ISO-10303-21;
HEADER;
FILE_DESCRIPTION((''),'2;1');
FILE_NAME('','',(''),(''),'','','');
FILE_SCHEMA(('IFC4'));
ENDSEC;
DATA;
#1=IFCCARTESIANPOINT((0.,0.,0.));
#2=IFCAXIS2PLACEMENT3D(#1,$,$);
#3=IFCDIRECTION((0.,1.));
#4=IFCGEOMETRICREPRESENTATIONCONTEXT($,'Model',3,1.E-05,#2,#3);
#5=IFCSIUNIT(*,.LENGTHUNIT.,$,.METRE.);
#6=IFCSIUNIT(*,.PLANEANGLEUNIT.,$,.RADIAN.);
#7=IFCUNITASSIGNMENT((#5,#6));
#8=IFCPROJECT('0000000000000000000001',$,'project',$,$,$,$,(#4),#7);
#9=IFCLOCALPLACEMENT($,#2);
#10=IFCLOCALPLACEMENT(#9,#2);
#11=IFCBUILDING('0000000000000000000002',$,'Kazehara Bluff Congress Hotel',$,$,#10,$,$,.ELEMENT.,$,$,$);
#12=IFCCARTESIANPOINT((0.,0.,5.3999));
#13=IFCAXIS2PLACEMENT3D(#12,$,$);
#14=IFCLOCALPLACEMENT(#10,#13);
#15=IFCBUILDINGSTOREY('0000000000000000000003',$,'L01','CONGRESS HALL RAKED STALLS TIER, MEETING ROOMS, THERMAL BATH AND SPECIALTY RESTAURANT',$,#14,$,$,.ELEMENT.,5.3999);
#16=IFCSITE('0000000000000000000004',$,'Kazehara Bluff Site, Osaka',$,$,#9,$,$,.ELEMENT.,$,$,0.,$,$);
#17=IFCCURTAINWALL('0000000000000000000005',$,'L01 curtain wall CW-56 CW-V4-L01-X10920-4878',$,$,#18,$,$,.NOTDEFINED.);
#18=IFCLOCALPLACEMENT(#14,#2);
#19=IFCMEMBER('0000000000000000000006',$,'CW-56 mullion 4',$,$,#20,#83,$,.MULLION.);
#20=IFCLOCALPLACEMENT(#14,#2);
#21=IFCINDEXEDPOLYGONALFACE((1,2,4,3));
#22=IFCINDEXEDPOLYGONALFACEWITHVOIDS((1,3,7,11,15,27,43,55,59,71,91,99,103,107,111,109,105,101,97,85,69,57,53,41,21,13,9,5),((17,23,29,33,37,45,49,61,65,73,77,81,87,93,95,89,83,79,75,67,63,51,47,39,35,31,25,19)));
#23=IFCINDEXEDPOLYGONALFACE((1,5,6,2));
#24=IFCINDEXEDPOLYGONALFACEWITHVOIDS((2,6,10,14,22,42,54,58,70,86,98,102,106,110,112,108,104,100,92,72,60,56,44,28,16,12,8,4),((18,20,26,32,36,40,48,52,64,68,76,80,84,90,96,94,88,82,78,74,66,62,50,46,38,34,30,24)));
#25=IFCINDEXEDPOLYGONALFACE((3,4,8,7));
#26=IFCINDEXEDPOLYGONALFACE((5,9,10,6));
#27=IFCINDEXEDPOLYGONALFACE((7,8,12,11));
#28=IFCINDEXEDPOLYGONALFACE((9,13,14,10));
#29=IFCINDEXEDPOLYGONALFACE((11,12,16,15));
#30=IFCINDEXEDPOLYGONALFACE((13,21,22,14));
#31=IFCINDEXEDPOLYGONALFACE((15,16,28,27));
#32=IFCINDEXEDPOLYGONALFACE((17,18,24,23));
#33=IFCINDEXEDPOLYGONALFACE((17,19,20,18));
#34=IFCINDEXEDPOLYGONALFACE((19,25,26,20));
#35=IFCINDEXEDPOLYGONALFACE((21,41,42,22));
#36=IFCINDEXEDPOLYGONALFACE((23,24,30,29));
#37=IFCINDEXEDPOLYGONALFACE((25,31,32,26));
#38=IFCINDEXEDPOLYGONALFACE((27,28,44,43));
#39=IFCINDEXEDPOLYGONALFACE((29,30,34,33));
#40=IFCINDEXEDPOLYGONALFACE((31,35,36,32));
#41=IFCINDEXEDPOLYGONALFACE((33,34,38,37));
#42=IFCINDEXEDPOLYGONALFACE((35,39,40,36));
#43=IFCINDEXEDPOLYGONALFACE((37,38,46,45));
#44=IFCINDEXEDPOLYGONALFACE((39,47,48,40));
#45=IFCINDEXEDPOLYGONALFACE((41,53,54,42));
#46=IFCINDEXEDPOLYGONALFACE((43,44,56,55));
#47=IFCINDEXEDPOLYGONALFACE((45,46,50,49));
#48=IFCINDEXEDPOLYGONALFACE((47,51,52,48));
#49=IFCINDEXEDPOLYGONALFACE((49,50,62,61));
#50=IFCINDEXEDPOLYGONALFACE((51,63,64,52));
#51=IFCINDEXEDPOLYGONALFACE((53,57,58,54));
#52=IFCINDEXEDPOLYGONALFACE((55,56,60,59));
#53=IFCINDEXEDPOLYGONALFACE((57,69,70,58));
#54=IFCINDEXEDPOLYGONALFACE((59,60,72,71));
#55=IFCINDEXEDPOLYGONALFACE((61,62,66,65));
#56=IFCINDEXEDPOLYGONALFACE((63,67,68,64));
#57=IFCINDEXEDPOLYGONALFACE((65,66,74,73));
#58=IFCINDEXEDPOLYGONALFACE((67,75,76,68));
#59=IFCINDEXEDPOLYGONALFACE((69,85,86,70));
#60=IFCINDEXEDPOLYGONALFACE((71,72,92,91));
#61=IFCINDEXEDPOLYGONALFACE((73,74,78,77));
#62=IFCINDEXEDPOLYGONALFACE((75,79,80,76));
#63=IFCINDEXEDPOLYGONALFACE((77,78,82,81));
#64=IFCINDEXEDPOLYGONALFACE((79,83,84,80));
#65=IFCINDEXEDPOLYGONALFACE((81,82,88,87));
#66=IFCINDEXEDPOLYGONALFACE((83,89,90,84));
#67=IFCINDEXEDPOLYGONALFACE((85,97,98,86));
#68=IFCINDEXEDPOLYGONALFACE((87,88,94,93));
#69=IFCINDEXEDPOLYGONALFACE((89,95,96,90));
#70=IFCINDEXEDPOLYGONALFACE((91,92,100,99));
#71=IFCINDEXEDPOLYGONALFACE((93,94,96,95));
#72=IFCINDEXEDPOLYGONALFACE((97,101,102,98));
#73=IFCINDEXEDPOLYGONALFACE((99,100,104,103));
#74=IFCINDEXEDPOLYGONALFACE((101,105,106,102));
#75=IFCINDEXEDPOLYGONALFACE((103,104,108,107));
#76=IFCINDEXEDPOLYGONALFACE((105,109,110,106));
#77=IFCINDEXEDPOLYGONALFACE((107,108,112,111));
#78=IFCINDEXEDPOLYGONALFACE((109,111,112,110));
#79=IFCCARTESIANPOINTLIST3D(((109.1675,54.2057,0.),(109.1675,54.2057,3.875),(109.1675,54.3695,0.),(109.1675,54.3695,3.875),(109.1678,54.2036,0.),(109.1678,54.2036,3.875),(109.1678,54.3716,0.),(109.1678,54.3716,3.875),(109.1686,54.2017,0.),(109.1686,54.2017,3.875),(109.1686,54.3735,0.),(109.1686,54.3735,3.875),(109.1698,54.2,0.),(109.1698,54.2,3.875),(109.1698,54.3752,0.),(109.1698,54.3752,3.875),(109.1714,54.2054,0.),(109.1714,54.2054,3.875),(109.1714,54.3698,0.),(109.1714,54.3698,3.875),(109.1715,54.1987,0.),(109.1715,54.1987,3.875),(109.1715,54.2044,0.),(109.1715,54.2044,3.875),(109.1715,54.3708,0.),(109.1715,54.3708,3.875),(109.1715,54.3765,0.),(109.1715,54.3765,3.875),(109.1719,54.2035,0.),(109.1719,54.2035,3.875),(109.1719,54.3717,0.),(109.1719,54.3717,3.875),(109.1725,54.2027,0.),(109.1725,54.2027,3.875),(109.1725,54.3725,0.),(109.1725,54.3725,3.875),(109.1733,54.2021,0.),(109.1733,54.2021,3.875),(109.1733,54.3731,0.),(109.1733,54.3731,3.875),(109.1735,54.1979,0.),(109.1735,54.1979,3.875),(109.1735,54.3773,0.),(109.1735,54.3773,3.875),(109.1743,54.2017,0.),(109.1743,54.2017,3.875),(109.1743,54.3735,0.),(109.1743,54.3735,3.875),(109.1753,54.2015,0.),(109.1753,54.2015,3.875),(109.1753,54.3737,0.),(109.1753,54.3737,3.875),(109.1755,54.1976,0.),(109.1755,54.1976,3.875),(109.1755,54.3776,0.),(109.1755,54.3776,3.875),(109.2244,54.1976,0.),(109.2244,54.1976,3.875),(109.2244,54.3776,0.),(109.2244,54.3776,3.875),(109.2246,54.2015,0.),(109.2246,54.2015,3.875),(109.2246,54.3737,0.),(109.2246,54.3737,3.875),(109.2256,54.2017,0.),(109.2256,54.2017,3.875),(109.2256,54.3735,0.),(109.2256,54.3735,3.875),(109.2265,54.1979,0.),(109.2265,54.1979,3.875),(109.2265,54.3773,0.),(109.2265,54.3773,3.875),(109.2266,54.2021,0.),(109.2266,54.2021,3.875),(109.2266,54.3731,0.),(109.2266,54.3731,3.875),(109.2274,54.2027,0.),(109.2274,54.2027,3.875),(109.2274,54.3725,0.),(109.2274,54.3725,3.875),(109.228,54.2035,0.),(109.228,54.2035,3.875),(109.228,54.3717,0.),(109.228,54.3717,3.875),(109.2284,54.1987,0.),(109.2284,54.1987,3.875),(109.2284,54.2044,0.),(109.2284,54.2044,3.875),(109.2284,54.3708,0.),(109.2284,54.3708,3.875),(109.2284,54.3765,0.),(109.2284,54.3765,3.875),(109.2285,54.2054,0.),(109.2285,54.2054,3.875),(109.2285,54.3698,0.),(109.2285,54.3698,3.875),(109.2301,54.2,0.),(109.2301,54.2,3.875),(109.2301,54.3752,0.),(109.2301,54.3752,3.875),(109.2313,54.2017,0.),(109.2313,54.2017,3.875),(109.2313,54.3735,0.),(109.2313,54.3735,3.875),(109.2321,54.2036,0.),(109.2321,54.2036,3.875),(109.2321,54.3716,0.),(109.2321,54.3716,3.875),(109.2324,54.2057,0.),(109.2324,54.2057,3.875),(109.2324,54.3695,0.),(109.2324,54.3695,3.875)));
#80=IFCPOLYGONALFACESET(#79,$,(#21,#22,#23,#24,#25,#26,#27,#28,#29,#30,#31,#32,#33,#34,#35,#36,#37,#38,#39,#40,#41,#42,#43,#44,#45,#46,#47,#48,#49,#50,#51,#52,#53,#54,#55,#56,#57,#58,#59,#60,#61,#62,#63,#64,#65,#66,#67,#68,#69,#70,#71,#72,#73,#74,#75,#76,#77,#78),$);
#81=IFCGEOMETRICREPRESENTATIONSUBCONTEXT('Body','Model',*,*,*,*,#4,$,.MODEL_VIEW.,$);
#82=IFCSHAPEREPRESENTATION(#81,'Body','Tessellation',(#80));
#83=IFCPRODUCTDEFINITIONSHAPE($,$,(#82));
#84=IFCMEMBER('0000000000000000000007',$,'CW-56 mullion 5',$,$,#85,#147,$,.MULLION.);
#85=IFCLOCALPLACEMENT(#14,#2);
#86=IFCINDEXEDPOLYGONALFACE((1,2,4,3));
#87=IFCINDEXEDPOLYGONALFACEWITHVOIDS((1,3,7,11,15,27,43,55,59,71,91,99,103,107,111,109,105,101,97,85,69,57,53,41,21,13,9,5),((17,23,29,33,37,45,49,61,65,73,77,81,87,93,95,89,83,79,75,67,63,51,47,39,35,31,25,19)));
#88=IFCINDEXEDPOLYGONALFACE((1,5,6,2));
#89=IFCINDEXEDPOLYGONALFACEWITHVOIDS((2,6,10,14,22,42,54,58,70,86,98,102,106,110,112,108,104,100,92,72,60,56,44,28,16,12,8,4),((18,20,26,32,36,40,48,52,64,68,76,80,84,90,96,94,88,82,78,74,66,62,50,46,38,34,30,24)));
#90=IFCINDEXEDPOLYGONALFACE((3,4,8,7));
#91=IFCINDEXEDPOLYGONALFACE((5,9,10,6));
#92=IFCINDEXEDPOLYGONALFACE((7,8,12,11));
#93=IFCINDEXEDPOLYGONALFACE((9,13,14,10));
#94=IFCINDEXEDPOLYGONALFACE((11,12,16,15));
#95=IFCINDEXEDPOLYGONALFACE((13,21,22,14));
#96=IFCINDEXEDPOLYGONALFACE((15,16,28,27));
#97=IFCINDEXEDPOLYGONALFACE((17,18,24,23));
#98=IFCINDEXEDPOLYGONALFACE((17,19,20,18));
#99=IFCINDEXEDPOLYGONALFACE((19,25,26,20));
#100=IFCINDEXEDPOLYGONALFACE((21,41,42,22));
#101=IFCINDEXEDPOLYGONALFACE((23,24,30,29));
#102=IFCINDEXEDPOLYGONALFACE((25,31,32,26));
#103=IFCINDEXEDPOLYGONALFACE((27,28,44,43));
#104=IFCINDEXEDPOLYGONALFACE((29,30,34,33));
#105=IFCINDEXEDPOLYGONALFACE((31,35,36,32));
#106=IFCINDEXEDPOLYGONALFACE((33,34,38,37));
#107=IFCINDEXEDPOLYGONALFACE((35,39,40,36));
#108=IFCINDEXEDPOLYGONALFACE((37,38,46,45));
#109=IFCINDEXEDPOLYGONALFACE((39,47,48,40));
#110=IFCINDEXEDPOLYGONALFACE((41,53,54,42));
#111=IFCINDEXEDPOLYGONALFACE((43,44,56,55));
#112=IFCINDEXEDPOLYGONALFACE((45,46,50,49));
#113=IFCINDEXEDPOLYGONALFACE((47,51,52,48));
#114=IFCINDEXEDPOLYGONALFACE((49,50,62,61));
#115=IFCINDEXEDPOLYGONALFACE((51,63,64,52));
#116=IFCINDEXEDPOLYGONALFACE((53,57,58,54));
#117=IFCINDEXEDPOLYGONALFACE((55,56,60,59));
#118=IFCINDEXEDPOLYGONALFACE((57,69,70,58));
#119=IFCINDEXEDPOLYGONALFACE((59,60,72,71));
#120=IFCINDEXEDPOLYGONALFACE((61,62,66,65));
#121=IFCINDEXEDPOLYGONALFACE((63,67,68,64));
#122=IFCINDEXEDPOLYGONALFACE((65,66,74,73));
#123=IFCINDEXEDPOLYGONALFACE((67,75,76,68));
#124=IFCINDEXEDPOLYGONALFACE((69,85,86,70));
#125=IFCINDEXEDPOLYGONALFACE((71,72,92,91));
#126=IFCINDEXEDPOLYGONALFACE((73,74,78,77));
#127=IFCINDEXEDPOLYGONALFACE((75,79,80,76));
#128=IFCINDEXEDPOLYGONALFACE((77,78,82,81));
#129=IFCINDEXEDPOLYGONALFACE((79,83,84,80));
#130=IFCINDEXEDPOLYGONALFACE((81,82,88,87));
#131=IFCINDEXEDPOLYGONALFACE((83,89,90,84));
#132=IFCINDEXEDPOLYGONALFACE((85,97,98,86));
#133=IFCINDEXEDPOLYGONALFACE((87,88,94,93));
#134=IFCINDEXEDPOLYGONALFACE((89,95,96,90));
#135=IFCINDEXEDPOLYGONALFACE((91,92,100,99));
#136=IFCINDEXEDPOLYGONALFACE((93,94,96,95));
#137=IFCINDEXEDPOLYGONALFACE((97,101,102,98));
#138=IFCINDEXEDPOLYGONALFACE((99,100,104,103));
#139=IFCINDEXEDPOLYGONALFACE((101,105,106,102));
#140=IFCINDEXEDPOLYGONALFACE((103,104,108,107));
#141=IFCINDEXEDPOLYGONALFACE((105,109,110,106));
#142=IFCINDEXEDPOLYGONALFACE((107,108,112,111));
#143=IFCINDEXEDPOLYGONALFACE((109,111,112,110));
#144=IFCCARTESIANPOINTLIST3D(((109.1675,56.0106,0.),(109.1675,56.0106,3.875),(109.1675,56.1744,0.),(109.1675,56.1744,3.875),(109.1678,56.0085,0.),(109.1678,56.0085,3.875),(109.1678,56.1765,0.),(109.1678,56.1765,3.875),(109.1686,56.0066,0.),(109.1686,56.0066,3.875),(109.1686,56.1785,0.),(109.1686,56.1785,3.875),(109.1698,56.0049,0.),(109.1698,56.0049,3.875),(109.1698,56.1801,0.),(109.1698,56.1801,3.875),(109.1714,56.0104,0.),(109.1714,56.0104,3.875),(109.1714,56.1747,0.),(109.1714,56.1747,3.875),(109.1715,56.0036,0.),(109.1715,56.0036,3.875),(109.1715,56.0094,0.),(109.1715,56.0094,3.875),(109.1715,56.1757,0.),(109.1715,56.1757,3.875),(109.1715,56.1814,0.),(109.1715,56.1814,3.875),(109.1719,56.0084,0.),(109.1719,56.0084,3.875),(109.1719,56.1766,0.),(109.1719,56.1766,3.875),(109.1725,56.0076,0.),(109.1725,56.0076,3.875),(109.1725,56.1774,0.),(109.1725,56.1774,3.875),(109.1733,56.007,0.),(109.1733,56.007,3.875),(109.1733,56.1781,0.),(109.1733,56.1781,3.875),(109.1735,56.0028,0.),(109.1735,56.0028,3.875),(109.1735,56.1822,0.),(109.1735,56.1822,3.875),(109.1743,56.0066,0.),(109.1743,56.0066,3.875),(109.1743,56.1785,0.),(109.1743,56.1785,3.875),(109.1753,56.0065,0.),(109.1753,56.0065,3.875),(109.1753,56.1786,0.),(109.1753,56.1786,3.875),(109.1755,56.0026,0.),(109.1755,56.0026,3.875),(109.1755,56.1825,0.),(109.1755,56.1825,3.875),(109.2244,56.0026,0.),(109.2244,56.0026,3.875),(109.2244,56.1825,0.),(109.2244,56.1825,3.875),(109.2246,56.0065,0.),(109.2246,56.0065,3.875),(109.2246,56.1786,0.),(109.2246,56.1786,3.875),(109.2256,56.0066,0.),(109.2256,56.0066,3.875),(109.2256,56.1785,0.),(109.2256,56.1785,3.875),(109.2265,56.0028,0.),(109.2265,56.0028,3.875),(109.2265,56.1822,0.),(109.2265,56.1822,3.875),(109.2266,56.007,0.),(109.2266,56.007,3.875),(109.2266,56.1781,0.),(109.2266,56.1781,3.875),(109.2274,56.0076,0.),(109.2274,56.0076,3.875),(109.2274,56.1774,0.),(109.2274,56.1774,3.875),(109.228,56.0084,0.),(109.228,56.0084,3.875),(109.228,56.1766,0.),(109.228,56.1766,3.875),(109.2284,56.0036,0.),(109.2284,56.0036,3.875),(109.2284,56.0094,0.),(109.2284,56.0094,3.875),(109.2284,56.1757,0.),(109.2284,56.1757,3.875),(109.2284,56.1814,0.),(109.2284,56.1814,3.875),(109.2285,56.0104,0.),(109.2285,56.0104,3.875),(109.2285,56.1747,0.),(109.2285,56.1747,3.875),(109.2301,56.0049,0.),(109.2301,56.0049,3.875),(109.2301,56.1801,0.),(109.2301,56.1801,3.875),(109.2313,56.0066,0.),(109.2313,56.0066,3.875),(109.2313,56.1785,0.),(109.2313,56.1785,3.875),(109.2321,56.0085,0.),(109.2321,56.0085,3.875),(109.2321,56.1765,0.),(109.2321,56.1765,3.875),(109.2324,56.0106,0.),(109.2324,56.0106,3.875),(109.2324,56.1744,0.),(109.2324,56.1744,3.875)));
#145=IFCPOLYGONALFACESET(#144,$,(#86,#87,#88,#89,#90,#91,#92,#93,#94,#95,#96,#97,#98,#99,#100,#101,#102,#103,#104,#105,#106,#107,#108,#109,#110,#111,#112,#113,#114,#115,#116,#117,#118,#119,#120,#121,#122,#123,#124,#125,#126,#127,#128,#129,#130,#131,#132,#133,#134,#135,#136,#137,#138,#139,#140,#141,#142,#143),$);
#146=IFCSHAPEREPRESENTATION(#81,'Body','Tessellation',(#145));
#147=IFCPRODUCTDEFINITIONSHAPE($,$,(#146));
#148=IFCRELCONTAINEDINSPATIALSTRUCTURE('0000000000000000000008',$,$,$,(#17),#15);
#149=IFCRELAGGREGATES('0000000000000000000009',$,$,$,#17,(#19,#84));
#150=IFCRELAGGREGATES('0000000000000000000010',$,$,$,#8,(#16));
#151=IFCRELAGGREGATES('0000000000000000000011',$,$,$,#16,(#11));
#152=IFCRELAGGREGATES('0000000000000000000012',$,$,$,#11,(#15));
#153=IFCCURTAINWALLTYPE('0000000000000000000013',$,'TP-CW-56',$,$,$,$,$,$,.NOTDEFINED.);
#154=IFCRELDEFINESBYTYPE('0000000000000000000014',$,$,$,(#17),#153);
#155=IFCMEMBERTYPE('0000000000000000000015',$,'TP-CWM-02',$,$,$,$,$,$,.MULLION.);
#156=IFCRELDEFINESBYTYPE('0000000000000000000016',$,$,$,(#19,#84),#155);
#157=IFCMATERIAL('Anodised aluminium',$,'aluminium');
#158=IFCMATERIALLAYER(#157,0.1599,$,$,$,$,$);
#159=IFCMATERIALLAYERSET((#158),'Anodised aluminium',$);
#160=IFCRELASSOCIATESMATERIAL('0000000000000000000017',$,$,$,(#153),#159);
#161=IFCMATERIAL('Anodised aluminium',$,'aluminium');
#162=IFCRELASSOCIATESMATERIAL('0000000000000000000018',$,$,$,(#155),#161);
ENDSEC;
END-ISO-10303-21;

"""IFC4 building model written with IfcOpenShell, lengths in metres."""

from ifc_helpers import new_model, si_unit, direction, frame, origin, origin_2d, place, context, subcontext, project, spatial, hollow_rectangle, extrude, material, layer, layer_set, material_profile, profile_set, type_object, element, aggregate, save


model = new_model("IFC4")

# Units and contexts
model_context = context("Model", 3, precision=1e-05, world=origin(), true_north=direction((0.0, 1.0)))
body_context = subcontext(model_context, "Body", "Model", "MODEL_VIEW")
ifc_project = project(units=[si_unit("LENGTHUNIT", "METRE"), si_unit("PLANEANGLEUNIT", "RADIAN")], contexts=[model_context])

# Site, building, storey
site_placement = place(None, origin())
site = spatial("IfcSite", under=ifc_project, at=site_placement, Name="Kazehara Bluff Site, Osaka", CompositionType="ELEMENT", RefElevation=0.0)
building_placement = place(site_placement, origin())
building = spatial("IfcBuilding", under=site, at=building_placement, Name="Kazehara Bluff Congress Hotel", CompositionType="ELEMENT")
storey_placement = place(building_placement, frame((0.0, 0.0, 5.3999)))
storey = spatial("IfcBuildingStorey", under=building, at=storey_placement, Name="L01", Description="CONGRESS HALL RAKED STALLS TIER, MEETING ROOMS, THERMAL BATH AND SPECIALTY RESTAURANT", CompositionType="ELEMENT", Elevation=5.3999)

# Curtain wall, members
ifc_material_1 = material(Name="Anodised aluminium", Category="aluminium")
ifc_layer_1 = layer(ifc_material_1, 0.1599)
ifc_layer_set_1 = layer_set([ifc_layer_1], Name="Anodised aluminium")
curtain_wall_type = type_object("IfcCurtainWallType", Name="TP-CW-56", PredefinedType="NOTDEFINED", material=ifc_layer_set_1)
curtain_wall_placement = place(storey_placement, origin())
curtain_wall = element("IfcCurtainWall", 1, at=curtain_wall_placement, inside=storey, type_object=curtain_wall_type, Name="L01 curtain wall CW-56 CW-V4-L01-X10920-4878", PredefinedType="NOTDEFINED")
ifc_material_2 = material(Name="Anodised aluminium", Category="aluminium")
ifc_material_profile_1 = material_profile(ifc_material_2, hollow_rectangle(XDim=0.0649, YDim=0.1799, WallThickness=0.0039, InnerFilletRadius=0.0039, OuterFilletRadius=0.0081, at=origin_2d()))
ifc_profile_set_1 = profile_set([ifc_material_profile_1], Name="Anodised aluminium")
member_type_1 = type_object("IfcMemberType", Name="TP-CWM-02", PredefinedType="MULLION", material=ifc_profile_set_1)
member_1_placement = place(storey_placement, frame((109.2, 54.2876, 0.0), z_axis=(0.0, 0.0, 1.0), x_axis=(-1.0, 0.0, 0.0)))
member_1 = element("IfcMember", 2, at=member_1_placement, type_object=member_type_1, Name="CW-56 mullion 4", PredefinedType="MULLION", context=body_context, shape_type="SweptSolid", body=[
    extrude(hollow_rectangle(XDim=0.0649, YDim=0.1799, WallThickness=0.0039, InnerFilletRadius=0.0039, OuterFilletRadius=0.0081, at=origin_2d()), origin(), (0.0, 0.0, 1.0), 3.875),
])
member_2_placement = place(storey_placement, frame((109.2, 56.0925, 0.0), z_axis=(0.0, 0.0, 1.0), x_axis=(-1.0, 0.0, 0.0)))
member_2 = element("IfcMember", 3, at=member_2_placement, type_object=member_type_1, Name="CW-56 mullion 5", PredefinedType="MULLION", context=body_context, shape_type="SweptSolid", body=[
    extrude(hollow_rectangle(XDim=0.0649, YDim=0.1799, WallThickness=0.0039, InnerFilletRadius=0.0039, OuterFilletRadius=0.0081, at=origin_2d()), origin(), (0.0, 0.0, 1.0), 3.875),
])

aggregate(curtain_wall, [member_1, member_2])

save(model, "model.ifc")
